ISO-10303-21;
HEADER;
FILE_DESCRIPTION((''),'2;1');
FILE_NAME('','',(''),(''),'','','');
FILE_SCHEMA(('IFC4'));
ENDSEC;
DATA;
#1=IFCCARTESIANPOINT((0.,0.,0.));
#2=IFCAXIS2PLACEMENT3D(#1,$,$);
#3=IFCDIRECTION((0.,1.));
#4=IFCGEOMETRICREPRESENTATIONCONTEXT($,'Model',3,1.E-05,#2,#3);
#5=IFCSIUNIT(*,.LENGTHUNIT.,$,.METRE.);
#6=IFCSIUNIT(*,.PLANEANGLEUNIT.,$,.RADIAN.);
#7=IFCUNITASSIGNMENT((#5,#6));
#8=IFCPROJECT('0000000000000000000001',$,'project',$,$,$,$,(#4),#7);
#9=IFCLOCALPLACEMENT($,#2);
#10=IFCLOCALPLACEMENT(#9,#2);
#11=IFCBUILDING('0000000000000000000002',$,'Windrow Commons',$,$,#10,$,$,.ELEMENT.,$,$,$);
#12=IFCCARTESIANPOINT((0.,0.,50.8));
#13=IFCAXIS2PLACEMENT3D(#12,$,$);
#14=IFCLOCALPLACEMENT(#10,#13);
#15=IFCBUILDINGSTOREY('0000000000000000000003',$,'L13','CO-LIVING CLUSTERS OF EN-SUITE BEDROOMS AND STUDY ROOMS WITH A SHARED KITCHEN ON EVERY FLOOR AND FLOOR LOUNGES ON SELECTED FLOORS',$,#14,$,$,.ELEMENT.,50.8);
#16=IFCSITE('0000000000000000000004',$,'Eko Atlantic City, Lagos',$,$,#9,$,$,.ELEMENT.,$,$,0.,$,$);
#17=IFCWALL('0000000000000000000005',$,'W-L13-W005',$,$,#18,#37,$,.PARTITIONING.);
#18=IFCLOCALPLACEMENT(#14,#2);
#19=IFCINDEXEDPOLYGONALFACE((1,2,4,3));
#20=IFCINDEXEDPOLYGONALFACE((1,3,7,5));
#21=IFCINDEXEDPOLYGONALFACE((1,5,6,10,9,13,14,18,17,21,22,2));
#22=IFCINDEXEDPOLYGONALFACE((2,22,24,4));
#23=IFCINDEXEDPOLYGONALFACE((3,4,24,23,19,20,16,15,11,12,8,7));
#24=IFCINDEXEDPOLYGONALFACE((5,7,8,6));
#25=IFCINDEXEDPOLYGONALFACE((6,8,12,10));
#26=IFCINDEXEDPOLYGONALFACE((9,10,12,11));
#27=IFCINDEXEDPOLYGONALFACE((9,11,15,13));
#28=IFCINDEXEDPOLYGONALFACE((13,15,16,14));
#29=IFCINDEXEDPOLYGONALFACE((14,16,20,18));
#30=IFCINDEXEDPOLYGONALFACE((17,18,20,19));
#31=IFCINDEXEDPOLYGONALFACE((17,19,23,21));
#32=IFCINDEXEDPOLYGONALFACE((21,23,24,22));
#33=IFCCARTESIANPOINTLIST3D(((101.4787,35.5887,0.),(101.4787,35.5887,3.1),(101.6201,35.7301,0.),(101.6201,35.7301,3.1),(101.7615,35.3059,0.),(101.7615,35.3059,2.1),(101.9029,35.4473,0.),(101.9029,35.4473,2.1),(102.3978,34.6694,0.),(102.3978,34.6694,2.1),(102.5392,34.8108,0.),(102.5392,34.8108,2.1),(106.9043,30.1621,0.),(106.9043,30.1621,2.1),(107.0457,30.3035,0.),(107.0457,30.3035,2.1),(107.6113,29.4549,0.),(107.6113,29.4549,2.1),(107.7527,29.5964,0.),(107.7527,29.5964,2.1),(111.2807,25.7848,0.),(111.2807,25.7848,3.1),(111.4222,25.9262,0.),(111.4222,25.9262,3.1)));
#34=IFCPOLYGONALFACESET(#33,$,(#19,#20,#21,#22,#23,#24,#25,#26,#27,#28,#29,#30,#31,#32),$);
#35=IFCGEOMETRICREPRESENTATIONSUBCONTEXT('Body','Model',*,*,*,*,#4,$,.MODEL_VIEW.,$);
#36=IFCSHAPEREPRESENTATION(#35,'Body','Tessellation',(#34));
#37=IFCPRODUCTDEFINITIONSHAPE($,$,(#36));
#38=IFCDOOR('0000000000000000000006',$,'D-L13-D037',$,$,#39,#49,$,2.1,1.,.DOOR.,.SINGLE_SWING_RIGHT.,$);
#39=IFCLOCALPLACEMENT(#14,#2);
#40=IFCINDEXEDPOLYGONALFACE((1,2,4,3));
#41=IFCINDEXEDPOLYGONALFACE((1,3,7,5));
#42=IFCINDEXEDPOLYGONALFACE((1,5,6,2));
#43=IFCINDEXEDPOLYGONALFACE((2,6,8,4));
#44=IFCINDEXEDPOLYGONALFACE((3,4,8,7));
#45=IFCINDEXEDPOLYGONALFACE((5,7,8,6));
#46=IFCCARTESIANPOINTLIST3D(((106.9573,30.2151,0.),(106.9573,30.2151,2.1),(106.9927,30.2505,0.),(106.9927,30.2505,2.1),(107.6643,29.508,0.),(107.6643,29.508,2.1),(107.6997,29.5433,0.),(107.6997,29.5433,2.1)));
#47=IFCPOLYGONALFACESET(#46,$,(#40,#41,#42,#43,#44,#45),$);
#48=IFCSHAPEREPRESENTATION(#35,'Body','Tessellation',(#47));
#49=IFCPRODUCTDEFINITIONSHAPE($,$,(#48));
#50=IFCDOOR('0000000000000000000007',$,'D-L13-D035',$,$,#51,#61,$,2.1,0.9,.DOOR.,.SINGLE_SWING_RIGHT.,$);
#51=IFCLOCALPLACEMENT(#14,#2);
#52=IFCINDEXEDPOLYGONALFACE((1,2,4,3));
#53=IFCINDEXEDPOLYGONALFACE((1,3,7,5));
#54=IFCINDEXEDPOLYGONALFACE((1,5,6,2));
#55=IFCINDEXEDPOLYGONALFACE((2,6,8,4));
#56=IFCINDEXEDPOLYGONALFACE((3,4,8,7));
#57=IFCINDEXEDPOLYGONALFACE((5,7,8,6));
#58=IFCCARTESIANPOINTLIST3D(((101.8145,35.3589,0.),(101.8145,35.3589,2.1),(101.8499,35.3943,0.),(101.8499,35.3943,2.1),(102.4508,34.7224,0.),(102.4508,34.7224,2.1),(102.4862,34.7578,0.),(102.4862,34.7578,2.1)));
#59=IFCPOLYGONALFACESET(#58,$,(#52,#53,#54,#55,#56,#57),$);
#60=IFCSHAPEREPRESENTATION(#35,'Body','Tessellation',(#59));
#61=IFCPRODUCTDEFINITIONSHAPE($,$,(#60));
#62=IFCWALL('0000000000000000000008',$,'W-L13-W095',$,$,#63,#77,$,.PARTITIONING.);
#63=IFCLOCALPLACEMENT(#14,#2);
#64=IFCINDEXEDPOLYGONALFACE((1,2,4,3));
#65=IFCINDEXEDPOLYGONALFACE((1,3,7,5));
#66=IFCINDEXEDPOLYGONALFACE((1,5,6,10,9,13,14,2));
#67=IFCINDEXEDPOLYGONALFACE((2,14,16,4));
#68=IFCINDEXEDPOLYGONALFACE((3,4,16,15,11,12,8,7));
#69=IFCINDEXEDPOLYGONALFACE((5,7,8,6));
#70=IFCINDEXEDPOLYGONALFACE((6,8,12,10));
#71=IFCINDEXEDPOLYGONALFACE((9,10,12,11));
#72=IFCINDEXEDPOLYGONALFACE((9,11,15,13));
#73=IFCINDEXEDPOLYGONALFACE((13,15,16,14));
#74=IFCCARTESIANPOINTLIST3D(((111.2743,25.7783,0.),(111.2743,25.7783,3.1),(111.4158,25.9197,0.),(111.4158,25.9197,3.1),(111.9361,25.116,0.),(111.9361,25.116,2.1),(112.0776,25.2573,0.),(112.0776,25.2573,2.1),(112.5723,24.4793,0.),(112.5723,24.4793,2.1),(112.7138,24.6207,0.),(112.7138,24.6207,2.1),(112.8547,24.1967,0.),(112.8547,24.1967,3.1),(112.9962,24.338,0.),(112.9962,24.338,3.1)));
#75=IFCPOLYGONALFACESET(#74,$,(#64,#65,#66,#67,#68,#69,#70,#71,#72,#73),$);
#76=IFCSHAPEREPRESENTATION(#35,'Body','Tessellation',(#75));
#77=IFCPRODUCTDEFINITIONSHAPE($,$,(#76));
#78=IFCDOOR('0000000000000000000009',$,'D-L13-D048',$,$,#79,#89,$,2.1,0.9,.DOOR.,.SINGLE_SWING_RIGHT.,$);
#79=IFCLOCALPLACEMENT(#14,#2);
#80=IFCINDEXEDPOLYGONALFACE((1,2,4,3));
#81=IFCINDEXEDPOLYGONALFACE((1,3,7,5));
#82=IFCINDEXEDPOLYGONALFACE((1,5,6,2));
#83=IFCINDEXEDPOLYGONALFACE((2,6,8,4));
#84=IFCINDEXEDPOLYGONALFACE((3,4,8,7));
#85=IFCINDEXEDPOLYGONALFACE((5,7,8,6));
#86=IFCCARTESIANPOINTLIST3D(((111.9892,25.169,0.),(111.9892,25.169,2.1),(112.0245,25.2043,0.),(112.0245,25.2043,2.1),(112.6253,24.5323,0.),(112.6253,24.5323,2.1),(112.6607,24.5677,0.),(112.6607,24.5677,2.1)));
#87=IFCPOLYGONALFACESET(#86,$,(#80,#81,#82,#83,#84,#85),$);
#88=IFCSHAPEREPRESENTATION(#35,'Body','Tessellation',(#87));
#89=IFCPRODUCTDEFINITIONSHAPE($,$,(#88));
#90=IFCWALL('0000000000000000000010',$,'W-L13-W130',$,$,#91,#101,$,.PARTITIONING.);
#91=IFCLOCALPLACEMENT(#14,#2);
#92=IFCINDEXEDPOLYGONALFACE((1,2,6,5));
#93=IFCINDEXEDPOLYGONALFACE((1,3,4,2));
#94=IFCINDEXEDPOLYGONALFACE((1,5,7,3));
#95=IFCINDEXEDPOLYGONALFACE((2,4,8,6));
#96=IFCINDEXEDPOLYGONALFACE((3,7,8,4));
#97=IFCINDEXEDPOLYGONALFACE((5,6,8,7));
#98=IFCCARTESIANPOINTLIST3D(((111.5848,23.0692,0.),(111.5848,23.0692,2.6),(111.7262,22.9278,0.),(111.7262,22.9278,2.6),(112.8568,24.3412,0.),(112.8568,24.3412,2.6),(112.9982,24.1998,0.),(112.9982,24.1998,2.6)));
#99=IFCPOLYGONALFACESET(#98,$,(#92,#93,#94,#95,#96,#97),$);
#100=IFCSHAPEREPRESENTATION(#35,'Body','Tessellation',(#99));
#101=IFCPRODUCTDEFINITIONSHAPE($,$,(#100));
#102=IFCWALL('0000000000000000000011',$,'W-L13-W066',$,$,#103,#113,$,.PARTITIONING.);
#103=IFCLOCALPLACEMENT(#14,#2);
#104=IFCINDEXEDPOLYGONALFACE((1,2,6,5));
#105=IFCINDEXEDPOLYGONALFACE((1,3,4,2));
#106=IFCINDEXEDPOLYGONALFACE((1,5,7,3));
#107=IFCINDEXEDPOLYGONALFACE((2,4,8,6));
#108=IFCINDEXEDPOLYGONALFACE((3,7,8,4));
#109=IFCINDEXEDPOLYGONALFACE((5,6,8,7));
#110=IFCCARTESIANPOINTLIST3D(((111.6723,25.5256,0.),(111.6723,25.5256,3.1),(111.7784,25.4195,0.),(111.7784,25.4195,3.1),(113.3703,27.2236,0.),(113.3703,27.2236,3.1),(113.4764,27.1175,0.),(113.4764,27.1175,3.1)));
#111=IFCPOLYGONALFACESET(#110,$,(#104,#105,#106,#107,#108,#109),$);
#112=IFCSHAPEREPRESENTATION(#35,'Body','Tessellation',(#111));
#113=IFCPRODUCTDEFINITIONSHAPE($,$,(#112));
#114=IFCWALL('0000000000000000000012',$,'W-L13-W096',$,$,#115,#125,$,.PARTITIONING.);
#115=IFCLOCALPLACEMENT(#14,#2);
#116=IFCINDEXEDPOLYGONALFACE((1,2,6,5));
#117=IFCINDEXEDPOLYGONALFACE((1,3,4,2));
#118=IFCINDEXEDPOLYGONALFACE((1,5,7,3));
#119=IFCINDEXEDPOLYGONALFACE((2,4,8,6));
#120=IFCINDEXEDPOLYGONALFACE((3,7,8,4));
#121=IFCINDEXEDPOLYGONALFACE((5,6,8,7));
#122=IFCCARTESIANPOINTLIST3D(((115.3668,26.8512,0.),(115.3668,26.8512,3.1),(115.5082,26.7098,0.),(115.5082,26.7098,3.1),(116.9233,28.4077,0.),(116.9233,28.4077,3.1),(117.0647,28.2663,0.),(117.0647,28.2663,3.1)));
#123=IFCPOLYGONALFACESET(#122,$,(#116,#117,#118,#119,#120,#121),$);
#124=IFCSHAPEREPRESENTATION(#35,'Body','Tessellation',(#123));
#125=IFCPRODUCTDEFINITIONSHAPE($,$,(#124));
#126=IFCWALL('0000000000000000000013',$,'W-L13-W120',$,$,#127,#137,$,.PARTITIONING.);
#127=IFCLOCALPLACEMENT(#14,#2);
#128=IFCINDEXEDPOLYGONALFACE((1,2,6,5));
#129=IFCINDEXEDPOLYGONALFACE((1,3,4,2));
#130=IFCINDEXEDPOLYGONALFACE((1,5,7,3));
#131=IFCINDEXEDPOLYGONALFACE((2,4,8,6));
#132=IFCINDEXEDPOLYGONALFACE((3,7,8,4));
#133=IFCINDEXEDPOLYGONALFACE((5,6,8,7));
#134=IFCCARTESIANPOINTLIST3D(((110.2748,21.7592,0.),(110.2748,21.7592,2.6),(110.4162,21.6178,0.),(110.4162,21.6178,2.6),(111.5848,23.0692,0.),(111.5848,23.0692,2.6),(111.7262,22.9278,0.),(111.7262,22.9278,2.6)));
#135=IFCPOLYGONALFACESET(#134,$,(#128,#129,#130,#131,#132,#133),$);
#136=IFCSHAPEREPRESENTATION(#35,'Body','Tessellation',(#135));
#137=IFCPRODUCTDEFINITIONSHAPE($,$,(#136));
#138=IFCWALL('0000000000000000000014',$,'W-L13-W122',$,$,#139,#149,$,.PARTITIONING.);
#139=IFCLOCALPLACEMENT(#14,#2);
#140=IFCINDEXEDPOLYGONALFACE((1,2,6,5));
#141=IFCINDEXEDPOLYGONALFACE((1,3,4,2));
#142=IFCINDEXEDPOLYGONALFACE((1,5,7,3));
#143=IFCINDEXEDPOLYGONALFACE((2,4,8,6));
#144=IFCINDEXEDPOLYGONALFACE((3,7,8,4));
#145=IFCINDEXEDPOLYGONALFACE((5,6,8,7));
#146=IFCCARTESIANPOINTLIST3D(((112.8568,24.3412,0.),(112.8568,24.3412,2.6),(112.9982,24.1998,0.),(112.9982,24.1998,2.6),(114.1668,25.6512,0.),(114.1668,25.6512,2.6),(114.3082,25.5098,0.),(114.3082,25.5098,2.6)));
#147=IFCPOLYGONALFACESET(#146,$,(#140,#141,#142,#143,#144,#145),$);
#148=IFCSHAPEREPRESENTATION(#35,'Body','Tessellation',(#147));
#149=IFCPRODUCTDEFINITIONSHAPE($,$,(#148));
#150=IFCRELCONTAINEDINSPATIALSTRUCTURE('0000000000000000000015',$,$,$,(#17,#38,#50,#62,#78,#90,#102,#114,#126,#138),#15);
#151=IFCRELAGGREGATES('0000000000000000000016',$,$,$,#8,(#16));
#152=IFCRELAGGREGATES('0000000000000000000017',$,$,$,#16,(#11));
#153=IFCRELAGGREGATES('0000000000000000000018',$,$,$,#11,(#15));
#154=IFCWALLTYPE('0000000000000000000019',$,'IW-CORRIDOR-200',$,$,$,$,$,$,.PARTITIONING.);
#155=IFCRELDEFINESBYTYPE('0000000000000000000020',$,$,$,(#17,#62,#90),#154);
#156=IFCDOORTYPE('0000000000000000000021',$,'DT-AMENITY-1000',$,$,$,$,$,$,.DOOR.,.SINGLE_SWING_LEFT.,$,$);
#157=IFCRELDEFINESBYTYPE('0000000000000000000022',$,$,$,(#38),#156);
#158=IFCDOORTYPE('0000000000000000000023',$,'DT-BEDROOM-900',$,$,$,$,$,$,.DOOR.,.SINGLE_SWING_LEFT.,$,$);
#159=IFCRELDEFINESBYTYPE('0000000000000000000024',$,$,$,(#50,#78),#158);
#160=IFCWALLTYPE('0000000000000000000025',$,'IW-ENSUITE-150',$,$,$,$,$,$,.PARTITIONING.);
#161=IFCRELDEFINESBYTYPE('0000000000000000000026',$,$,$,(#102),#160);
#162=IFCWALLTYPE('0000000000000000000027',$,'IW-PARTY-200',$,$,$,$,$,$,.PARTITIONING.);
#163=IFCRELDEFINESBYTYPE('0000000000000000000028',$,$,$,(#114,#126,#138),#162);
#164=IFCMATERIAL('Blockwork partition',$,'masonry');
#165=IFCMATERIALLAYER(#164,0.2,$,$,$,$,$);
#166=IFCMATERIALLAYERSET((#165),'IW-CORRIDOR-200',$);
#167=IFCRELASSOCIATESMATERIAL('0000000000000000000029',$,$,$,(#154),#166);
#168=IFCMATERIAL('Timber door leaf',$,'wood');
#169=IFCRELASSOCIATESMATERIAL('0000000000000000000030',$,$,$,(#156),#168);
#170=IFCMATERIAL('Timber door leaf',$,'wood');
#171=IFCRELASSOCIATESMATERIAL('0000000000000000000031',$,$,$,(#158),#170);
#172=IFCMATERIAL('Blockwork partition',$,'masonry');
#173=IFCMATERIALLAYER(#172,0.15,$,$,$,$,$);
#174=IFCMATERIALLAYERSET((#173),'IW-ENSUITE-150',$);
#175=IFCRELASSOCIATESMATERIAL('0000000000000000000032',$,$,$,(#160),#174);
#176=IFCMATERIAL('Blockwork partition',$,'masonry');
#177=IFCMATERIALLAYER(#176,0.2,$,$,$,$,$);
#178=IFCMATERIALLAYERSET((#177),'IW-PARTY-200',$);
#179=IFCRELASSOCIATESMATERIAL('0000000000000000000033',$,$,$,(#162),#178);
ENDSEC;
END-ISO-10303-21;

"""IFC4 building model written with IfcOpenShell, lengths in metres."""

from ifc_helpers import new_model, si_unit, direction, frame, frame_2d, origin, place, context, subcontext, project, spatial, rectangle, extrude, material, layer, layer_set, type_object, element, fill, save


model = new_model("IFC4")

# Units and contexts
model_context = context("Model", 3, precision=1e-05, world=origin(), true_north=direction((0.0, 1.0)))
body_context = subcontext(model_context, "Body", "Model", "MODEL_VIEW")
ifc_project = project(units=[si_unit("LENGTHUNIT", "METRE"), si_unit("PLANEANGLEUNIT", "RADIAN")], contexts=[model_context])

# Site, building, storey
site_placement = place(None, origin())
site = spatial("IfcSite", under=ifc_project, at=site_placement, Name="Eko Atlantic City, Lagos", CompositionType="ELEMENT", RefElevation=0.0)
building_placement = place(site_placement, origin())
building = spatial("IfcBuilding", under=site, at=building_placement, Name="Windrow Commons", CompositionType="ELEMENT")
storey_placement = place(building_placement, frame((0.0, 0.0, 50.8)))
storey = spatial("IfcBuildingStorey", under=building, at=storey_placement, Name="L13", Description="CO-LIVING CLUSTERS OF EN-SUITE BEDROOMS AND STUDY ROOMS WITH A SHARED KITCHEN ON EVERY FLOOR AND FLOOR LOUNGES ON SELECTED FLOORS", CompositionType="ELEMENT", Elevation=50.8)

# Wall, openings, doors
ifc_material_1 = material(Name="Blockwork partition", Category="masonry")
ifc_layer_1 = layer(ifc_material_1, 0.2)
ifc_layer_set_1 = layer_set([ifc_layer_1], Name="IW-CORRIDOR-200")
wall_type_1 = type_object("IfcWallType", Name="IW-CORRIDOR-200", PredefinedType="PARTITIONING", material=ifc_layer_set_1)
wall_1_placement = place(storey_placement, frame((111.3515, 25.8555, 0.0), z_axis=(0.0, 0.0, 1.0), x_axis=(-0.707042, 0.707172, 0.0)))
wall_1 = element("IfcWall", 1, at=wall_1_placement, inside=storey, type_object=wall_type_1, Name="W-L13-W005", PredefinedType="PARTITIONING", context=body_context, shape_type="SweptSolid", body=[
    extrude(rectangle(XDim=13.8635, YDim=0.2, at=frame_2d((6.9318, 0.0))), origin(), (0.0, 0.0, 1.0), 3.1),
])
opening_1_placement = place(wall_1_placement, frame((12.5636, 0.0, 0.0)))
opening_1 = element("IfcOpeningElement", 2, at=opening_1_placement, cuts=wall_1, PredefinedType="OPENING", context=body_context, shape_type="SweptSolid", body=[
    extrude(rectangle(XDim=0.9, YDim=2.1, at=frame_2d((0.45, 1.05))), frame((0.0, 0.11, 0.0), z_axis=(0.0, -1.0, 0.0), x_axis=(1.0, 0.0, 0.0)), (0.0, 0.0, 1.0), 0.22),
])
opening_2_placement = place(wall_1_placement, frame((5.1899, 0.0, 0.0)))
opening_2 = element("IfcOpeningElement", 3, at=opening_2_placement, cuts=wall_1, PredefinedType="OPENING", context=body_context, shape_type="SweptSolid", body=[
    extrude(rectangle(XDim=1.0, YDim=2.1, at=frame_2d((0.5, 1.05))), frame((0.0, 0.11, 0.0), z_axis=(0.0, -1.0, 0.0), x_axis=(1.0, 0.0, 0.0)), (0.0, 0.0, 1.0), 0.22),
])
ifc_material_2 = material(Name="Timber door leaf", Category="wood")
door_type_1 = type_object("IfcDoorType", Name="DT-AMENITY-1000", OperationType="SINGLE_SWING_LEFT", PredefinedType="DOOR", material=ifc_material_2)
door_1_placement = place(opening_2_placement, origin())
door_1 = element("IfcDoor", 4, at=door_1_placement, inside=storey, type_object=door_type_1, Name="D-L13-D037", OperationType="SINGLE_SWING_RIGHT", OverallHeight=2.1, OverallWidth=1.0, PredefinedType="DOOR", context=body_context, shape_type="SweptSolid", body=[
    extrude(rectangle(XDim=1.0, YDim=2.1, at=frame_2d((0.5, 1.05))), frame((0.0, 0.025, 0.0), z_axis=(0.0, -1.0, 0.0), x_axis=(1.0, 0.0, 0.0)), (0.0, 0.0, 1.0), 0.05),
])
fill(opening_2, door_1)
ifc_material_3 = material(Name="Timber door leaf", Category="wood")
door_type_2 = type_object("IfcDoorType", Name="DT-BEDROOM-900", OperationType="SINGLE_SWING_LEFT", PredefinedType="DOOR", material=ifc_material_3)
door_2_placement = place(opening_1_placement, origin())
door_2 = element("IfcDoor", 5, at=door_2_placement, inside=storey, type_object=door_type_2, Name="D-L13-D035", OperationType="SINGLE_SWING_RIGHT", OverallHeight=2.1, OverallWidth=0.9, PredefinedType="DOOR", context=body_context, shape_type="SweptSolid", body=[
    extrude(rectangle(XDim=0.9, YDim=2.1, at=frame_2d((0.45, 1.05))), frame((0.0, 0.025, 0.0), z_axis=(0.0, -1.0, 0.0), x_axis=(1.0, 0.0, 0.0)), (0.0, 0.0, 1.0), 0.05),
])
fill(opening_1, door_2)

# Wall, opening, door
wall_2_placement = place(storey_placement, frame((112.9254, 24.2674, 0.0), z_axis=(0.0, 0.0, 1.0), x_axis=(-0.706838, 0.707375, 0.0)))
wall_2 = element("IfcWall", 6, at=wall_2_placement, inside=storey, type_object=wall_type_1, Name="W-L13-W095", PredefinedType="PARTITIONING", context=body_context, shape_type="SweptSolid", body=[
    extrude(rectangle(XDim=2.2359, YDim=0.2, at=frame_2d((1.1179, 0.0))), origin(), (0.0, 0.0, 1.0), 3.1),
])
opening_3_placement = place(wall_2_placement, frame((0.3995, 0.0, 0.0)))
opening_3 = element("IfcOpeningElement", 7, at=opening_3_placement, cuts=wall_2, PredefinedType="OPENING", context=body_context, shape_type="SweptSolid", body=[
    extrude(rectangle(XDim=0.9, YDim=2.1, at=frame_2d((0.45, 1.05))), frame((0.0, 0.11, 0.0), z_axis=(0.0, -1.0, 0.0), x_axis=(1.0, 0.0, 0.0)), (0.0, 0.0, 1.0), 0.22),
])
door_3_placement = place(opening_3_placement, origin())
door_3 = element("IfcDoor", 8, at=door_3_placement, inside=storey, type_object=door_type_2, Name="D-L13-D048", OperationType="SINGLE_SWING_RIGHT", OverallHeight=2.1, OverallWidth=0.9, PredefinedType="DOOR", context=body_context, shape_type="SweptSolid", body=[
    extrude(rectangle(XDim=0.9, YDim=2.1, at=frame_2d((0.45, 1.05))), frame((0.0, 0.025, 0.0), z_axis=(0.0, -1.0, 0.0), x_axis=(1.0, 0.0, 0.0)), (0.0, 0.0, 1.0), 0.05),
])
fill(opening_3, door_3)

# Walls
wall_3_placement = place(storey_placement, frame((111.6555, 22.9985, 0.0), z_axis=(0.0, 0.0, 1.0), x_axis=(0.707107, 0.707107, 0.0)))
element("IfcWall", 9, at=wall_3_placement, inside=storey, type_object=wall_type_1, Name="W-L13-W130", PredefinedType="PARTITIONING", context=body_context, shape_type="SweptSolid", body=[
    extrude(rectangle(XDim=1.7989, YDim=0.2, at=frame_2d((0.8994, 0.0))), origin(), (0.0, 0.0, 1.0), 2.6),
])
ifc_material_4 = material(Name="Blockwork partition", Category="masonry")
ifc_layer_2 = layer(ifc_material_4, 0.15)
ifc_layer_set_2 = layer_set([ifc_layer_2], Name="IW-ENSUITE-150")
wall_type_2 = type_object("IfcWallType", Name="IW-ENSUITE-150", PredefinedType="PARTITIONING", material=ifc_layer_set_2)
wall_4_placement = place(storey_placement, frame((111.7254, 25.4726, 0.0), z_axis=(0.0, 0.0, 1.0), x_axis=(0.707107, 0.707107, 0.0)))
element("IfcWall", 10, at=wall_4_placement, inside=storey, type_object=wall_type_2, Name="W-L13-W066", PredefinedType="PARTITIONING", context=body_context, shape_type="SweptSolid", body=[
    extrude(rectangle(XDim=2.4013, YDim=0.15, at=frame_2d((1.2006, 0.0))), origin(), (0.0, 0.0, 1.0), 3.1),
])
ifc_material_5 = material(Name="Blockwork partition", Category="masonry")
ifc_layer_3 = layer(ifc_material_5, 0.2)
ifc_layer_set_3 = layer_set([ifc_layer_3], Name="IW-PARTY-200")
wall_type_3 = type_object("IfcWallType", Name="IW-PARTY-200", PredefinedType="PARTITIONING", material=ifc_layer_set_3)
wall_5_placement = place(storey_placement, frame((115.4375, 26.7805, 0.0), z_axis=(0.0, 0.0, 1.0), x_axis=(0.707107, 0.707107, 0.0)))
element("IfcWall", 11, at=wall_5_placement, inside=storey, type_object=wall_type_3, Name="W-L13-W096", PredefinedType="PARTITIONING", context=body_context, shape_type="SweptSolid", body=[
    extrude(rectangle(XDim=2.2012, YDim=0.2, at=frame_2d((1.1006, 0.0))), origin(), (0.0, 0.0, 1.0), 3.1),
])
for number, where, z_axis, x_axis, name in (
    (12, (110.3455, 21.6885, 0.0), (0.0, 0.0, 1.0), (0.707107, 0.707107, 0.0), "W-L13-W120"),
    (13, (112.9275, 24.2705, 0.0), (0.0, 0.0, 1.0), (0.707107, 0.707107, 0.0), "W-L13-W122"),
):
    element("IfcWall", number, at=place(storey_placement, frame(where, z_axis=z_axis, x_axis=x_axis)), inside=storey, type_object=wall_type_3, Name=name, PredefinedType="PARTITIONING", context=body_context, shape_type="SweptSolid", body=[
        extrude(rectangle(XDim=1.8526, YDim=0.2, at=frame_2d((0.9263, 0.0))), origin(), (0.0, 0.0, 1.0), 2.6),
    ])

save(model, "model.ifc")
